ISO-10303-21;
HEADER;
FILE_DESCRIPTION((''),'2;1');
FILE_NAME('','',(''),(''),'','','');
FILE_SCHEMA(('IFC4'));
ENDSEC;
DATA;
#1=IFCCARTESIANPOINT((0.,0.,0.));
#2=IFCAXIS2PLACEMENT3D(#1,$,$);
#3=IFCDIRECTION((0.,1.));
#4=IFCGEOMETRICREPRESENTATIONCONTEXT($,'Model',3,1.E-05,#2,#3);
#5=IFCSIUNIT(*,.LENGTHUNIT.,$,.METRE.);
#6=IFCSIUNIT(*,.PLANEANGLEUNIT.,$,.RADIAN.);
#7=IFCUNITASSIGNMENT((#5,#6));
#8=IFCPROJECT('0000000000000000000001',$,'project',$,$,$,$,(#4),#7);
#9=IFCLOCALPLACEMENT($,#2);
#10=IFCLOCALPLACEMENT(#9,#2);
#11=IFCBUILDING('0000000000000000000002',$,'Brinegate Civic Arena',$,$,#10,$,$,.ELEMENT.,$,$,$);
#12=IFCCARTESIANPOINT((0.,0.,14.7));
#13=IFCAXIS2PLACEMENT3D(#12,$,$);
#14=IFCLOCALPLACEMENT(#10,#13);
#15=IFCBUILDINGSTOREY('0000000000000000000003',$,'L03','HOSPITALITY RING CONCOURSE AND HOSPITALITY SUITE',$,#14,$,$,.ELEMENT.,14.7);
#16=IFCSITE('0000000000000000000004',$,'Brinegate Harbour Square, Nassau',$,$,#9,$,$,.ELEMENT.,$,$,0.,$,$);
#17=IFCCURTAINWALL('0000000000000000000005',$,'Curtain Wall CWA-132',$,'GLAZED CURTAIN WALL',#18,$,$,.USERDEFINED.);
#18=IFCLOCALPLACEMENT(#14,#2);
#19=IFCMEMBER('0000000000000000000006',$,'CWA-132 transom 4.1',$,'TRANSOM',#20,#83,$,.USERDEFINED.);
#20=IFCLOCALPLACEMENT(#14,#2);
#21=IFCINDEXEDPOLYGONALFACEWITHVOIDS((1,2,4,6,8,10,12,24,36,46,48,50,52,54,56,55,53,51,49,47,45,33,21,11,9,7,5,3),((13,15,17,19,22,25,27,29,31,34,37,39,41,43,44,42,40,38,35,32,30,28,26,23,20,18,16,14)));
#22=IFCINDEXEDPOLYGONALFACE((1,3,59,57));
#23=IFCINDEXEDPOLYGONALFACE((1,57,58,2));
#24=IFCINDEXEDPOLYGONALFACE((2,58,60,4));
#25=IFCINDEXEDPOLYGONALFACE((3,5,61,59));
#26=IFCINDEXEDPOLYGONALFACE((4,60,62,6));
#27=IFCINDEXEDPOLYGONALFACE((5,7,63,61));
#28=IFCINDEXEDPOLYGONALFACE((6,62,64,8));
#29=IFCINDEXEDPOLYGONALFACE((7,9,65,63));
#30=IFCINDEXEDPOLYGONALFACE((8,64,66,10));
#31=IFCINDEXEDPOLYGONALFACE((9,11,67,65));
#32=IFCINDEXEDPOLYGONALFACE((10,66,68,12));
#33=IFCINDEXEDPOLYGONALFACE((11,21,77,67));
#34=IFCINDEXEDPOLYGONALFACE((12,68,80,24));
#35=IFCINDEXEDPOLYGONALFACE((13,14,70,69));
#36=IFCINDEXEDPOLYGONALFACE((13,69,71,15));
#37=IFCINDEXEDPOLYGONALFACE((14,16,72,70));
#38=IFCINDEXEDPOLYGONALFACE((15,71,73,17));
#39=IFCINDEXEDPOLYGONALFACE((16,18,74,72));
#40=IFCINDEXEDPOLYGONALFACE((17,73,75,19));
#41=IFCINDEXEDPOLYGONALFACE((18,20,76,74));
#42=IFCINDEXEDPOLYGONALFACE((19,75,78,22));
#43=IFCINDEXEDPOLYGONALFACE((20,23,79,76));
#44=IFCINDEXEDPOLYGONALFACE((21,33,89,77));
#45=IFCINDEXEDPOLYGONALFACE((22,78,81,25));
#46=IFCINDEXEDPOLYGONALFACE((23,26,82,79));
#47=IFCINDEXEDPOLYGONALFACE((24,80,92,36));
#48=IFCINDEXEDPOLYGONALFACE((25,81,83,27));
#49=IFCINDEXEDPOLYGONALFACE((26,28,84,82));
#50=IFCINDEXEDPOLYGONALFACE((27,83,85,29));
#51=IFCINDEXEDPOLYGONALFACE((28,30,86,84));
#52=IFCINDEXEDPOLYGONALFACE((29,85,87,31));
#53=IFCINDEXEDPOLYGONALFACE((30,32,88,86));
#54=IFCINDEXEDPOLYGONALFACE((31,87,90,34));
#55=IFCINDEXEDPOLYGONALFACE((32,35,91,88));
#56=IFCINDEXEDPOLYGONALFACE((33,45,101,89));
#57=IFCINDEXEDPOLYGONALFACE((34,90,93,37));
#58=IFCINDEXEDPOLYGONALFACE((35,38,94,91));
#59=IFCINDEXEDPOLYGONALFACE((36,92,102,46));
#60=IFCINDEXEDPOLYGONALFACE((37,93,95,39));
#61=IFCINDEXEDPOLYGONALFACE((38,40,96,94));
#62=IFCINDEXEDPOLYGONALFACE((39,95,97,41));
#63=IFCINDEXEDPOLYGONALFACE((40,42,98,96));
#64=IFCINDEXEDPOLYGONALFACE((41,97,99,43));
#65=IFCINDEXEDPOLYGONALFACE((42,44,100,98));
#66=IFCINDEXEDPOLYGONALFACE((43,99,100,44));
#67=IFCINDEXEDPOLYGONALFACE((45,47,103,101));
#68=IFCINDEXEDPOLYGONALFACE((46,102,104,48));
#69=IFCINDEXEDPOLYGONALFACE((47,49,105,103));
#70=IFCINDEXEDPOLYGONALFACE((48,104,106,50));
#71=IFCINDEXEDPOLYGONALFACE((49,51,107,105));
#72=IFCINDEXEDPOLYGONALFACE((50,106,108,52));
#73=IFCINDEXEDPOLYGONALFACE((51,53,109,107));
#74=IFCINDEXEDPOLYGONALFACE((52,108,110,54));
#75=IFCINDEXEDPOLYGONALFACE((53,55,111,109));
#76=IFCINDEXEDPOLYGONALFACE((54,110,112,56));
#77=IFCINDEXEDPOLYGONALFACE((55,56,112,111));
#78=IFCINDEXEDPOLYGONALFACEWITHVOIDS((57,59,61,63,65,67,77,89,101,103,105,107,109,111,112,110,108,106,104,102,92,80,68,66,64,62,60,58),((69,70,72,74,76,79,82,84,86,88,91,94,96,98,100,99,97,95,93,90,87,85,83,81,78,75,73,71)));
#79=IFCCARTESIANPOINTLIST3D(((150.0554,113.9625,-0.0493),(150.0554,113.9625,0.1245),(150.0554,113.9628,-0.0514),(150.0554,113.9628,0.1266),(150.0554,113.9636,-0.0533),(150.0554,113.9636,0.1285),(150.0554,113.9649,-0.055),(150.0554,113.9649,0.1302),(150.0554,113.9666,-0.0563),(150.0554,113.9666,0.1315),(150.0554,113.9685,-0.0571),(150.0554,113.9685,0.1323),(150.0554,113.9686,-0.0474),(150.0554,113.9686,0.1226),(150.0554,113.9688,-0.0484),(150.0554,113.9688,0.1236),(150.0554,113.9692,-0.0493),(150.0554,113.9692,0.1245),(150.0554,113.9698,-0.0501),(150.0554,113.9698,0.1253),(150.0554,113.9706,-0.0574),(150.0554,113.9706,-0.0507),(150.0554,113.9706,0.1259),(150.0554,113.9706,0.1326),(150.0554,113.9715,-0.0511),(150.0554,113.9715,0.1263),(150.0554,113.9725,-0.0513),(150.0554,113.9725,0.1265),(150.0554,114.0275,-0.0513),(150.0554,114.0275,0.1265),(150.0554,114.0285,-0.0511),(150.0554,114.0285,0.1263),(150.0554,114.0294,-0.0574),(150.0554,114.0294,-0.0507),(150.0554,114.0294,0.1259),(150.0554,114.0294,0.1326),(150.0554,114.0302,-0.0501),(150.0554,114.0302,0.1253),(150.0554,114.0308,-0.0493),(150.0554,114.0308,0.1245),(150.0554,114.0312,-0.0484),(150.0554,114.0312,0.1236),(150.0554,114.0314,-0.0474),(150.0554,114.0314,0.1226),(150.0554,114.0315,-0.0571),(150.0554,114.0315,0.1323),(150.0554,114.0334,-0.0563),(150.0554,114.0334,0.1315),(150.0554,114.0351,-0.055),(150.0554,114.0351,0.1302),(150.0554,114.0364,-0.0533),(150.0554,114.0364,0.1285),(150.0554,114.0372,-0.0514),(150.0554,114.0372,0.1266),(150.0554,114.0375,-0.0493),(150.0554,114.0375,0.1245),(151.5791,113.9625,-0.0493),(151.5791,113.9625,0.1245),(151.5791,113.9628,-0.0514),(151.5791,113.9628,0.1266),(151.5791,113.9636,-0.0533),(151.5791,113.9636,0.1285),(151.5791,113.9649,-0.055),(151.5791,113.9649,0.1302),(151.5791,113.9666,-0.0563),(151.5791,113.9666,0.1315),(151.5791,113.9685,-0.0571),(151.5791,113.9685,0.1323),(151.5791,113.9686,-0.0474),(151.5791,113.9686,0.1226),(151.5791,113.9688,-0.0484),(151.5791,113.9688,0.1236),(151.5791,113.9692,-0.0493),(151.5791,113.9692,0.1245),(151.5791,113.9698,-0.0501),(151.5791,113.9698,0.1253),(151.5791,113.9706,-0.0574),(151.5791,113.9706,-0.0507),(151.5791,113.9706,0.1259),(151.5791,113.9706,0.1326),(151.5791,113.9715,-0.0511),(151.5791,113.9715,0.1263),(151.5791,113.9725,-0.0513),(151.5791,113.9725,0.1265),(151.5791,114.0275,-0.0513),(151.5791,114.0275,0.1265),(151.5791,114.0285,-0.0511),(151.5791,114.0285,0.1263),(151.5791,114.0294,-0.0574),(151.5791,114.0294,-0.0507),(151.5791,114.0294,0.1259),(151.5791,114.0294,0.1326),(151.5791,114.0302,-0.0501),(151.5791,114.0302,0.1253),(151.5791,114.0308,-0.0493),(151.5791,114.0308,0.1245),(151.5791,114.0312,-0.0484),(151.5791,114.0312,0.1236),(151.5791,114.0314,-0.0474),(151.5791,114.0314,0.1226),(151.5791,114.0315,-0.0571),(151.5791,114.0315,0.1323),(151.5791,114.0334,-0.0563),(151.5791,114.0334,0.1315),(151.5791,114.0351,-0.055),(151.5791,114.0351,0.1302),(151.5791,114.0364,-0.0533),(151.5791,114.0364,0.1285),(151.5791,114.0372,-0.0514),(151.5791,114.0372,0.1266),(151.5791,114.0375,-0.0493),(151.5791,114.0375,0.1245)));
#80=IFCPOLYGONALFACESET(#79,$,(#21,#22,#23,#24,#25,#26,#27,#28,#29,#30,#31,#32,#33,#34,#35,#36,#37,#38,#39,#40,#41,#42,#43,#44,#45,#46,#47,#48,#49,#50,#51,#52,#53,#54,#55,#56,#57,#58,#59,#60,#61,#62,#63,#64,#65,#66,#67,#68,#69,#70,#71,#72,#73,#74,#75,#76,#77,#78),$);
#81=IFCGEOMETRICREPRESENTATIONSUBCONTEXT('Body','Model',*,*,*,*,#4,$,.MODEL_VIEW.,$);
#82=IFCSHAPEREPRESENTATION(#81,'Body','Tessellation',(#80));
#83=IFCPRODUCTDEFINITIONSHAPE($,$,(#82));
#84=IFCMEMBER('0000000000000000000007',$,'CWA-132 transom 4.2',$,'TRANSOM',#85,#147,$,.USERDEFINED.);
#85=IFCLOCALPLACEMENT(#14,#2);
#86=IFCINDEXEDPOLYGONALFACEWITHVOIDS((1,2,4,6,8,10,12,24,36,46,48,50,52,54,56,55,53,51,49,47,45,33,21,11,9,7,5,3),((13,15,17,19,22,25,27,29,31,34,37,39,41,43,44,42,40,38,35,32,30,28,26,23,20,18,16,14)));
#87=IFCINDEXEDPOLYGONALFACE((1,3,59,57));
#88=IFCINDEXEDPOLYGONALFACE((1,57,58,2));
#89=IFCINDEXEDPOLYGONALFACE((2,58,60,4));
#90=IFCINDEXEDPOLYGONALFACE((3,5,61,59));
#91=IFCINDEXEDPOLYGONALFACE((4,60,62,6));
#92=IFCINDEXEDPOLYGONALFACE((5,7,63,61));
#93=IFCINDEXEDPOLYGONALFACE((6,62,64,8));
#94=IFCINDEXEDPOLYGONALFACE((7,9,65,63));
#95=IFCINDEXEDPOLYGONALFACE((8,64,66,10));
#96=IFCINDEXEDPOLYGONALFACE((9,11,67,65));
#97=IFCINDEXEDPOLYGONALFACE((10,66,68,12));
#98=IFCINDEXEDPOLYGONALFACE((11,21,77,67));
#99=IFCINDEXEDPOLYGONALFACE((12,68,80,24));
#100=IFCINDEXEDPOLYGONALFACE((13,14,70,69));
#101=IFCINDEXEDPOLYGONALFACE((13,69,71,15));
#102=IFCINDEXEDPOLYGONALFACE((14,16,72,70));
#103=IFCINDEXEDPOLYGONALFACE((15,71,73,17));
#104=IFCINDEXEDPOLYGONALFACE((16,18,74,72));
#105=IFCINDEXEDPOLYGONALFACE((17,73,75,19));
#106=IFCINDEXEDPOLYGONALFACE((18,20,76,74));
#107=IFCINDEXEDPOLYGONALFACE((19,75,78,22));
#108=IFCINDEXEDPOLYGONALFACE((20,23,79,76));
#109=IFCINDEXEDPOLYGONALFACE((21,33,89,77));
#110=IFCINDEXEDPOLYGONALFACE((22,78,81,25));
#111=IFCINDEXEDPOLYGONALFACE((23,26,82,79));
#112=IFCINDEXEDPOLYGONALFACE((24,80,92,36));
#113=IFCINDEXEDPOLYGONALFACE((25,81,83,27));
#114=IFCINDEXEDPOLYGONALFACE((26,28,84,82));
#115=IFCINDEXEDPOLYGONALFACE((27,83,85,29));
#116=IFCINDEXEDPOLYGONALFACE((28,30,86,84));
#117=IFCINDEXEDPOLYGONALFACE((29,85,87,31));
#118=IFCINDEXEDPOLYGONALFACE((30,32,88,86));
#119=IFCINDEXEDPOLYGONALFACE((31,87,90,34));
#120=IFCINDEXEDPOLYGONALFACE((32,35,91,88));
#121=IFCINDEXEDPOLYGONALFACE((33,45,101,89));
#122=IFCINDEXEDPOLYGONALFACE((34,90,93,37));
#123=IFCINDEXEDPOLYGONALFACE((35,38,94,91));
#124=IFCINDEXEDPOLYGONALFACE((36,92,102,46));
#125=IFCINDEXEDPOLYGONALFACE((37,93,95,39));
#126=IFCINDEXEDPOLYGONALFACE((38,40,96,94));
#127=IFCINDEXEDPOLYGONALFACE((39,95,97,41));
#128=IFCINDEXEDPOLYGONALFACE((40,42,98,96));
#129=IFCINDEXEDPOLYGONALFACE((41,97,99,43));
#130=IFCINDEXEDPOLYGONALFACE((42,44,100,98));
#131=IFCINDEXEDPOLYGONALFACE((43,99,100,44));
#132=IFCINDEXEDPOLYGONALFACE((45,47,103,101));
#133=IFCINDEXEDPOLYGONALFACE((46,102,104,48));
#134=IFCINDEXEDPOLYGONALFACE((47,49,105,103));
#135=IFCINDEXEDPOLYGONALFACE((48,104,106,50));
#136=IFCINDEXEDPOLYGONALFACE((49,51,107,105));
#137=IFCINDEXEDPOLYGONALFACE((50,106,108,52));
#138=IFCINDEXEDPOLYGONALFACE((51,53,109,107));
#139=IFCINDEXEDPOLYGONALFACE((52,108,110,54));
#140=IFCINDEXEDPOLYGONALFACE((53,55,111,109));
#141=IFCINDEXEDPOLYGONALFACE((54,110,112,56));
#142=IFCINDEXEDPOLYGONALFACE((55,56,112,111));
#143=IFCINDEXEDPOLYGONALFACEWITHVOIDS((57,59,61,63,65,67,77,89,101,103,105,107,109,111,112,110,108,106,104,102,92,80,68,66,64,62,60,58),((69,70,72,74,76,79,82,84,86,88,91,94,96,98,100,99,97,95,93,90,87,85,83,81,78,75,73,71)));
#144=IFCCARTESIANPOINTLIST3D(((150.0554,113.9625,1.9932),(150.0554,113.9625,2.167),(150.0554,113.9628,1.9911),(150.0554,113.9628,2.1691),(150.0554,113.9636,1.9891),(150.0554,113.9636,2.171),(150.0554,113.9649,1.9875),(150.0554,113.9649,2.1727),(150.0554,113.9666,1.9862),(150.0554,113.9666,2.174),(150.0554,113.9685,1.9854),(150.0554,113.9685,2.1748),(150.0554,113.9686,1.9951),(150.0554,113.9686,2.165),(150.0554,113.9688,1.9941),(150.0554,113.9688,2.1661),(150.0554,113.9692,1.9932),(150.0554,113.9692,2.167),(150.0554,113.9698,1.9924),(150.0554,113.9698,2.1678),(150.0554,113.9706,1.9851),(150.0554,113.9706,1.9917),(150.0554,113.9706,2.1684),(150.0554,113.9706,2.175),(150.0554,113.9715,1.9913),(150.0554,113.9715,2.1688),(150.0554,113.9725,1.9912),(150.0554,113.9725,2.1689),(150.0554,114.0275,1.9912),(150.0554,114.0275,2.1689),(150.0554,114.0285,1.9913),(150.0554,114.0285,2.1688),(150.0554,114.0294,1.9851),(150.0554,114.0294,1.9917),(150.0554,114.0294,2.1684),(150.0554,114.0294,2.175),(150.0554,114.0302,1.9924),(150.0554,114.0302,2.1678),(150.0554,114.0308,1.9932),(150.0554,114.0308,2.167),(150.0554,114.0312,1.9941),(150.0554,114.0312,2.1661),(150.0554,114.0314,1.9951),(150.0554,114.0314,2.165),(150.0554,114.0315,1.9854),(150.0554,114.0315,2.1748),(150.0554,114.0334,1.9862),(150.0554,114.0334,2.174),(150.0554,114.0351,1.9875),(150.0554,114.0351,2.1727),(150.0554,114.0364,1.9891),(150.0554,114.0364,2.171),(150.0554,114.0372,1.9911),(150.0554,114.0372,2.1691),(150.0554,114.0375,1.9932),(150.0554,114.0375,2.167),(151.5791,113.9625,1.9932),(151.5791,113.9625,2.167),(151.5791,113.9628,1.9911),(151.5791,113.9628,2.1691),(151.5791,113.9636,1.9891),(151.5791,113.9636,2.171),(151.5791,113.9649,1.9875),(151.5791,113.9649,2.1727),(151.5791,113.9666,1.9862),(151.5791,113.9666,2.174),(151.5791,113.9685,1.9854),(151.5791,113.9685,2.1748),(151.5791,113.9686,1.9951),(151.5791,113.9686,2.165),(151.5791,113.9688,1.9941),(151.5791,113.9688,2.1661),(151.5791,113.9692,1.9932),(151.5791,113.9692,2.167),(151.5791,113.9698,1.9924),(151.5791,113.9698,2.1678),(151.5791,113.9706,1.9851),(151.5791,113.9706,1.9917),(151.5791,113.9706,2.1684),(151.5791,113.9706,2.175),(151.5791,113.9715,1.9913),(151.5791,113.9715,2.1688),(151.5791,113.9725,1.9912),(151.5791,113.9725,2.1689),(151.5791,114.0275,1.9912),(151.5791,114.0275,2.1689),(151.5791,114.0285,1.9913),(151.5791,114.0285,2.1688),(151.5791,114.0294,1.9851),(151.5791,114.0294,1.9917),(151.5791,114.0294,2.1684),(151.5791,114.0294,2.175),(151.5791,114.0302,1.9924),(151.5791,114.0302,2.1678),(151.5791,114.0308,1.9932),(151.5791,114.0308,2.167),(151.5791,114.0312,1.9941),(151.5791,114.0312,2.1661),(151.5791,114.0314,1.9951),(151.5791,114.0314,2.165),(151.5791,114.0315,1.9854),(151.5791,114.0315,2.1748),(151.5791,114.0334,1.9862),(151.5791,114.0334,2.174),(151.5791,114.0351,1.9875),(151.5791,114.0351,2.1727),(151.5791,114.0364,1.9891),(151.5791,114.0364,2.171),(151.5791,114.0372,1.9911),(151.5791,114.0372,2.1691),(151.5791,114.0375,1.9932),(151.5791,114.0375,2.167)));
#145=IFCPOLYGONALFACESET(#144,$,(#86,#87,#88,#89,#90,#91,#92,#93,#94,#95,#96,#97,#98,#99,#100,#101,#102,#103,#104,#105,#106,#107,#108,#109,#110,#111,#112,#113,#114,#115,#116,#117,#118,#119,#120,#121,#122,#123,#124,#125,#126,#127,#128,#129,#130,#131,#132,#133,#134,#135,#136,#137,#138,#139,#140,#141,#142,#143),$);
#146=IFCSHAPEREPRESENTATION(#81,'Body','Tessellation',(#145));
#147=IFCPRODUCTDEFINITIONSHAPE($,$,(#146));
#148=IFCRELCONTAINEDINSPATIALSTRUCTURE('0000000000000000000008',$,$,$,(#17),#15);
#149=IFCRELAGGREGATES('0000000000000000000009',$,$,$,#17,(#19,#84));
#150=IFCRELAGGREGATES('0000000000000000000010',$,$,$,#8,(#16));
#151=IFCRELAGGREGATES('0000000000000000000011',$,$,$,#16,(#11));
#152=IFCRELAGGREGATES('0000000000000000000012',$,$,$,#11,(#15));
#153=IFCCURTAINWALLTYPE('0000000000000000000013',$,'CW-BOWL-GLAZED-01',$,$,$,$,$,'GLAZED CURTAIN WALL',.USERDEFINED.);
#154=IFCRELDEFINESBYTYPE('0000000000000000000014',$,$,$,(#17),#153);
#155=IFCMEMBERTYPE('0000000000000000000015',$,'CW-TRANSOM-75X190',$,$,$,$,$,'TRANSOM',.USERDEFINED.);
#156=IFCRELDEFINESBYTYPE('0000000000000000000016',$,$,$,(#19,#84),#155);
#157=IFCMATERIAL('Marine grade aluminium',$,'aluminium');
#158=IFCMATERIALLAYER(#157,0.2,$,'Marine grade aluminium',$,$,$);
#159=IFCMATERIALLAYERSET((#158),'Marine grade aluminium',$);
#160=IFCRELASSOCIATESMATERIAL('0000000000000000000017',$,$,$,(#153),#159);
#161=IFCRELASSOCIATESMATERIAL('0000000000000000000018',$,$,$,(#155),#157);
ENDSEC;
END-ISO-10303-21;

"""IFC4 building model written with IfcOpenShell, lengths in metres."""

from ifc_helpers import new_model, si_unit, direction, frame, origin, origin_2d, place, context, subcontext, project, spatial, hollow_rectangle, extrude, material, layer, layer_set, material_profile, profile_set, type_object, element, aggregate, save


model = new_model("IFC4")

# Units and contexts
model_context = context("Model", 3, precision=1e-05, world=origin(), true_north=direction((0.0, 1.0)))
body_context = subcontext(model_context, "Body", "Model", "MODEL_VIEW")
ifc_project = project(units=[si_unit("LENGTHUNIT", "METRE"), si_unit("PLANEANGLEUNIT", "RADIAN")], contexts=[model_context])

# Site, building, storey
site_placement = place(None, origin())
site = spatial("IfcSite", under=ifc_project, at=site_placement, Name="Brinegate Harbour Square, Nassau", CompositionType="ELEMENT", RefElevation=0.0)
building_placement = place(site_placement, origin())
building = spatial("IfcBuilding", under=site, at=building_placement, Name="Brinegate Civic Arena", CompositionType="ELEMENT")
storey_placement = place(building_placement, frame((0.0, 0.0, 14.7)))
storey = spatial("IfcBuildingStorey", under=building, at=storey_placement, Name="L03", Description="HOSPITALITY RING CONCOURSE AND HOSPITALITY SUITE", CompositionType="ELEMENT", Elevation=14.7)

# Curtain wall, members
ifc_material_1 = material(Name="Marine grade aluminium", Category="aluminium")
ifc_layer_1 = layer(ifc_material_1, 0.2, Name="Marine grade aluminium")
ifc_layer_set_1 = layer_set([ifc_layer_1], Name="Marine grade aluminium")
curtain_wall_type = type_object("IfcCurtainWallType", Name="CW-BOWL-GLAZED-01", ElementType="GLAZED CURTAIN WALL", PredefinedType="USERDEFINED", material=ifc_layer_set_1)
curtain_wall_placement = place(storey_placement, origin())
curtain_wall = element("IfcCurtainWall", 1, at=curtain_wall_placement, inside=storey, type_object=curtain_wall_type, Name="Curtain Wall CWA-132", ObjectType="GLAZED CURTAIN WALL", PredefinedType="USERDEFINED")
ifc_material_profile_1 = material_profile(ifc_material_1, hollow_rectangle(XDim=0.075, YDim=0.1899, WallThickness=0.0061, InnerFilletRadius=0.0039, OuterFilletRadius=0.0081, at=origin_2d()), Name="TRN75X190")
ifc_profile_set_1 = profile_set([ifc_material_profile_1], Name="Marine grade aluminium")
member_type_1 = type_object("IfcMemberType", Name="CW-TRANSOM-75X190", ElementType="TRANSOM", PredefinedType="USERDEFINED", material=ifc_profile_set_1)
member_1_placement = place(storey_placement, frame((150.0554, 114.0, 0.0376), z_axis=(1.0, 0.0, 0.0), x_axis=(0.0, 1.0, 0.0)))
member_1 = element("IfcMember", 2, at=member_1_placement, type_object=member_type_1, Name="CWA-132 transom 4.1", ObjectType="TRANSOM", PredefinedType="USERDEFINED", context=body_context, shape_type="SweptSolid", body=[
    extrude(hollow_rectangle(XDim=0.075, YDim=0.1899, WallThickness=0.0061, InnerFilletRadius=0.0039, OuterFilletRadius=0.0081, at=origin_2d()), origin(), (0.0, 0.0, 1.0), 1.5237),
])
member_2_placement = place(storey_placement, frame((150.0554, 114.0, 2.0801), z_axis=(1.0, 0.0, 0.0), x_axis=(0.0, 1.0, 0.0)))
member_2 = element("IfcMember", 3, at=member_2_placement, type_object=member_type_1, Name="CWA-132 transom 4.2", ObjectType="TRANSOM", PredefinedType="USERDEFINED", context=body_context, shape_type="SweptSolid", body=[
    extrude(hollow_rectangle(XDim=0.075, YDim=0.1899, WallThickness=0.0061, InnerFilletRadius=0.0039, OuterFilletRadius=0.0081, at=origin_2d()), origin(), (0.0, 0.0, 1.0), 1.5237),
])

aggregate(curtain_wall, [member_1, member_2])

save(model, "model.ifc")
